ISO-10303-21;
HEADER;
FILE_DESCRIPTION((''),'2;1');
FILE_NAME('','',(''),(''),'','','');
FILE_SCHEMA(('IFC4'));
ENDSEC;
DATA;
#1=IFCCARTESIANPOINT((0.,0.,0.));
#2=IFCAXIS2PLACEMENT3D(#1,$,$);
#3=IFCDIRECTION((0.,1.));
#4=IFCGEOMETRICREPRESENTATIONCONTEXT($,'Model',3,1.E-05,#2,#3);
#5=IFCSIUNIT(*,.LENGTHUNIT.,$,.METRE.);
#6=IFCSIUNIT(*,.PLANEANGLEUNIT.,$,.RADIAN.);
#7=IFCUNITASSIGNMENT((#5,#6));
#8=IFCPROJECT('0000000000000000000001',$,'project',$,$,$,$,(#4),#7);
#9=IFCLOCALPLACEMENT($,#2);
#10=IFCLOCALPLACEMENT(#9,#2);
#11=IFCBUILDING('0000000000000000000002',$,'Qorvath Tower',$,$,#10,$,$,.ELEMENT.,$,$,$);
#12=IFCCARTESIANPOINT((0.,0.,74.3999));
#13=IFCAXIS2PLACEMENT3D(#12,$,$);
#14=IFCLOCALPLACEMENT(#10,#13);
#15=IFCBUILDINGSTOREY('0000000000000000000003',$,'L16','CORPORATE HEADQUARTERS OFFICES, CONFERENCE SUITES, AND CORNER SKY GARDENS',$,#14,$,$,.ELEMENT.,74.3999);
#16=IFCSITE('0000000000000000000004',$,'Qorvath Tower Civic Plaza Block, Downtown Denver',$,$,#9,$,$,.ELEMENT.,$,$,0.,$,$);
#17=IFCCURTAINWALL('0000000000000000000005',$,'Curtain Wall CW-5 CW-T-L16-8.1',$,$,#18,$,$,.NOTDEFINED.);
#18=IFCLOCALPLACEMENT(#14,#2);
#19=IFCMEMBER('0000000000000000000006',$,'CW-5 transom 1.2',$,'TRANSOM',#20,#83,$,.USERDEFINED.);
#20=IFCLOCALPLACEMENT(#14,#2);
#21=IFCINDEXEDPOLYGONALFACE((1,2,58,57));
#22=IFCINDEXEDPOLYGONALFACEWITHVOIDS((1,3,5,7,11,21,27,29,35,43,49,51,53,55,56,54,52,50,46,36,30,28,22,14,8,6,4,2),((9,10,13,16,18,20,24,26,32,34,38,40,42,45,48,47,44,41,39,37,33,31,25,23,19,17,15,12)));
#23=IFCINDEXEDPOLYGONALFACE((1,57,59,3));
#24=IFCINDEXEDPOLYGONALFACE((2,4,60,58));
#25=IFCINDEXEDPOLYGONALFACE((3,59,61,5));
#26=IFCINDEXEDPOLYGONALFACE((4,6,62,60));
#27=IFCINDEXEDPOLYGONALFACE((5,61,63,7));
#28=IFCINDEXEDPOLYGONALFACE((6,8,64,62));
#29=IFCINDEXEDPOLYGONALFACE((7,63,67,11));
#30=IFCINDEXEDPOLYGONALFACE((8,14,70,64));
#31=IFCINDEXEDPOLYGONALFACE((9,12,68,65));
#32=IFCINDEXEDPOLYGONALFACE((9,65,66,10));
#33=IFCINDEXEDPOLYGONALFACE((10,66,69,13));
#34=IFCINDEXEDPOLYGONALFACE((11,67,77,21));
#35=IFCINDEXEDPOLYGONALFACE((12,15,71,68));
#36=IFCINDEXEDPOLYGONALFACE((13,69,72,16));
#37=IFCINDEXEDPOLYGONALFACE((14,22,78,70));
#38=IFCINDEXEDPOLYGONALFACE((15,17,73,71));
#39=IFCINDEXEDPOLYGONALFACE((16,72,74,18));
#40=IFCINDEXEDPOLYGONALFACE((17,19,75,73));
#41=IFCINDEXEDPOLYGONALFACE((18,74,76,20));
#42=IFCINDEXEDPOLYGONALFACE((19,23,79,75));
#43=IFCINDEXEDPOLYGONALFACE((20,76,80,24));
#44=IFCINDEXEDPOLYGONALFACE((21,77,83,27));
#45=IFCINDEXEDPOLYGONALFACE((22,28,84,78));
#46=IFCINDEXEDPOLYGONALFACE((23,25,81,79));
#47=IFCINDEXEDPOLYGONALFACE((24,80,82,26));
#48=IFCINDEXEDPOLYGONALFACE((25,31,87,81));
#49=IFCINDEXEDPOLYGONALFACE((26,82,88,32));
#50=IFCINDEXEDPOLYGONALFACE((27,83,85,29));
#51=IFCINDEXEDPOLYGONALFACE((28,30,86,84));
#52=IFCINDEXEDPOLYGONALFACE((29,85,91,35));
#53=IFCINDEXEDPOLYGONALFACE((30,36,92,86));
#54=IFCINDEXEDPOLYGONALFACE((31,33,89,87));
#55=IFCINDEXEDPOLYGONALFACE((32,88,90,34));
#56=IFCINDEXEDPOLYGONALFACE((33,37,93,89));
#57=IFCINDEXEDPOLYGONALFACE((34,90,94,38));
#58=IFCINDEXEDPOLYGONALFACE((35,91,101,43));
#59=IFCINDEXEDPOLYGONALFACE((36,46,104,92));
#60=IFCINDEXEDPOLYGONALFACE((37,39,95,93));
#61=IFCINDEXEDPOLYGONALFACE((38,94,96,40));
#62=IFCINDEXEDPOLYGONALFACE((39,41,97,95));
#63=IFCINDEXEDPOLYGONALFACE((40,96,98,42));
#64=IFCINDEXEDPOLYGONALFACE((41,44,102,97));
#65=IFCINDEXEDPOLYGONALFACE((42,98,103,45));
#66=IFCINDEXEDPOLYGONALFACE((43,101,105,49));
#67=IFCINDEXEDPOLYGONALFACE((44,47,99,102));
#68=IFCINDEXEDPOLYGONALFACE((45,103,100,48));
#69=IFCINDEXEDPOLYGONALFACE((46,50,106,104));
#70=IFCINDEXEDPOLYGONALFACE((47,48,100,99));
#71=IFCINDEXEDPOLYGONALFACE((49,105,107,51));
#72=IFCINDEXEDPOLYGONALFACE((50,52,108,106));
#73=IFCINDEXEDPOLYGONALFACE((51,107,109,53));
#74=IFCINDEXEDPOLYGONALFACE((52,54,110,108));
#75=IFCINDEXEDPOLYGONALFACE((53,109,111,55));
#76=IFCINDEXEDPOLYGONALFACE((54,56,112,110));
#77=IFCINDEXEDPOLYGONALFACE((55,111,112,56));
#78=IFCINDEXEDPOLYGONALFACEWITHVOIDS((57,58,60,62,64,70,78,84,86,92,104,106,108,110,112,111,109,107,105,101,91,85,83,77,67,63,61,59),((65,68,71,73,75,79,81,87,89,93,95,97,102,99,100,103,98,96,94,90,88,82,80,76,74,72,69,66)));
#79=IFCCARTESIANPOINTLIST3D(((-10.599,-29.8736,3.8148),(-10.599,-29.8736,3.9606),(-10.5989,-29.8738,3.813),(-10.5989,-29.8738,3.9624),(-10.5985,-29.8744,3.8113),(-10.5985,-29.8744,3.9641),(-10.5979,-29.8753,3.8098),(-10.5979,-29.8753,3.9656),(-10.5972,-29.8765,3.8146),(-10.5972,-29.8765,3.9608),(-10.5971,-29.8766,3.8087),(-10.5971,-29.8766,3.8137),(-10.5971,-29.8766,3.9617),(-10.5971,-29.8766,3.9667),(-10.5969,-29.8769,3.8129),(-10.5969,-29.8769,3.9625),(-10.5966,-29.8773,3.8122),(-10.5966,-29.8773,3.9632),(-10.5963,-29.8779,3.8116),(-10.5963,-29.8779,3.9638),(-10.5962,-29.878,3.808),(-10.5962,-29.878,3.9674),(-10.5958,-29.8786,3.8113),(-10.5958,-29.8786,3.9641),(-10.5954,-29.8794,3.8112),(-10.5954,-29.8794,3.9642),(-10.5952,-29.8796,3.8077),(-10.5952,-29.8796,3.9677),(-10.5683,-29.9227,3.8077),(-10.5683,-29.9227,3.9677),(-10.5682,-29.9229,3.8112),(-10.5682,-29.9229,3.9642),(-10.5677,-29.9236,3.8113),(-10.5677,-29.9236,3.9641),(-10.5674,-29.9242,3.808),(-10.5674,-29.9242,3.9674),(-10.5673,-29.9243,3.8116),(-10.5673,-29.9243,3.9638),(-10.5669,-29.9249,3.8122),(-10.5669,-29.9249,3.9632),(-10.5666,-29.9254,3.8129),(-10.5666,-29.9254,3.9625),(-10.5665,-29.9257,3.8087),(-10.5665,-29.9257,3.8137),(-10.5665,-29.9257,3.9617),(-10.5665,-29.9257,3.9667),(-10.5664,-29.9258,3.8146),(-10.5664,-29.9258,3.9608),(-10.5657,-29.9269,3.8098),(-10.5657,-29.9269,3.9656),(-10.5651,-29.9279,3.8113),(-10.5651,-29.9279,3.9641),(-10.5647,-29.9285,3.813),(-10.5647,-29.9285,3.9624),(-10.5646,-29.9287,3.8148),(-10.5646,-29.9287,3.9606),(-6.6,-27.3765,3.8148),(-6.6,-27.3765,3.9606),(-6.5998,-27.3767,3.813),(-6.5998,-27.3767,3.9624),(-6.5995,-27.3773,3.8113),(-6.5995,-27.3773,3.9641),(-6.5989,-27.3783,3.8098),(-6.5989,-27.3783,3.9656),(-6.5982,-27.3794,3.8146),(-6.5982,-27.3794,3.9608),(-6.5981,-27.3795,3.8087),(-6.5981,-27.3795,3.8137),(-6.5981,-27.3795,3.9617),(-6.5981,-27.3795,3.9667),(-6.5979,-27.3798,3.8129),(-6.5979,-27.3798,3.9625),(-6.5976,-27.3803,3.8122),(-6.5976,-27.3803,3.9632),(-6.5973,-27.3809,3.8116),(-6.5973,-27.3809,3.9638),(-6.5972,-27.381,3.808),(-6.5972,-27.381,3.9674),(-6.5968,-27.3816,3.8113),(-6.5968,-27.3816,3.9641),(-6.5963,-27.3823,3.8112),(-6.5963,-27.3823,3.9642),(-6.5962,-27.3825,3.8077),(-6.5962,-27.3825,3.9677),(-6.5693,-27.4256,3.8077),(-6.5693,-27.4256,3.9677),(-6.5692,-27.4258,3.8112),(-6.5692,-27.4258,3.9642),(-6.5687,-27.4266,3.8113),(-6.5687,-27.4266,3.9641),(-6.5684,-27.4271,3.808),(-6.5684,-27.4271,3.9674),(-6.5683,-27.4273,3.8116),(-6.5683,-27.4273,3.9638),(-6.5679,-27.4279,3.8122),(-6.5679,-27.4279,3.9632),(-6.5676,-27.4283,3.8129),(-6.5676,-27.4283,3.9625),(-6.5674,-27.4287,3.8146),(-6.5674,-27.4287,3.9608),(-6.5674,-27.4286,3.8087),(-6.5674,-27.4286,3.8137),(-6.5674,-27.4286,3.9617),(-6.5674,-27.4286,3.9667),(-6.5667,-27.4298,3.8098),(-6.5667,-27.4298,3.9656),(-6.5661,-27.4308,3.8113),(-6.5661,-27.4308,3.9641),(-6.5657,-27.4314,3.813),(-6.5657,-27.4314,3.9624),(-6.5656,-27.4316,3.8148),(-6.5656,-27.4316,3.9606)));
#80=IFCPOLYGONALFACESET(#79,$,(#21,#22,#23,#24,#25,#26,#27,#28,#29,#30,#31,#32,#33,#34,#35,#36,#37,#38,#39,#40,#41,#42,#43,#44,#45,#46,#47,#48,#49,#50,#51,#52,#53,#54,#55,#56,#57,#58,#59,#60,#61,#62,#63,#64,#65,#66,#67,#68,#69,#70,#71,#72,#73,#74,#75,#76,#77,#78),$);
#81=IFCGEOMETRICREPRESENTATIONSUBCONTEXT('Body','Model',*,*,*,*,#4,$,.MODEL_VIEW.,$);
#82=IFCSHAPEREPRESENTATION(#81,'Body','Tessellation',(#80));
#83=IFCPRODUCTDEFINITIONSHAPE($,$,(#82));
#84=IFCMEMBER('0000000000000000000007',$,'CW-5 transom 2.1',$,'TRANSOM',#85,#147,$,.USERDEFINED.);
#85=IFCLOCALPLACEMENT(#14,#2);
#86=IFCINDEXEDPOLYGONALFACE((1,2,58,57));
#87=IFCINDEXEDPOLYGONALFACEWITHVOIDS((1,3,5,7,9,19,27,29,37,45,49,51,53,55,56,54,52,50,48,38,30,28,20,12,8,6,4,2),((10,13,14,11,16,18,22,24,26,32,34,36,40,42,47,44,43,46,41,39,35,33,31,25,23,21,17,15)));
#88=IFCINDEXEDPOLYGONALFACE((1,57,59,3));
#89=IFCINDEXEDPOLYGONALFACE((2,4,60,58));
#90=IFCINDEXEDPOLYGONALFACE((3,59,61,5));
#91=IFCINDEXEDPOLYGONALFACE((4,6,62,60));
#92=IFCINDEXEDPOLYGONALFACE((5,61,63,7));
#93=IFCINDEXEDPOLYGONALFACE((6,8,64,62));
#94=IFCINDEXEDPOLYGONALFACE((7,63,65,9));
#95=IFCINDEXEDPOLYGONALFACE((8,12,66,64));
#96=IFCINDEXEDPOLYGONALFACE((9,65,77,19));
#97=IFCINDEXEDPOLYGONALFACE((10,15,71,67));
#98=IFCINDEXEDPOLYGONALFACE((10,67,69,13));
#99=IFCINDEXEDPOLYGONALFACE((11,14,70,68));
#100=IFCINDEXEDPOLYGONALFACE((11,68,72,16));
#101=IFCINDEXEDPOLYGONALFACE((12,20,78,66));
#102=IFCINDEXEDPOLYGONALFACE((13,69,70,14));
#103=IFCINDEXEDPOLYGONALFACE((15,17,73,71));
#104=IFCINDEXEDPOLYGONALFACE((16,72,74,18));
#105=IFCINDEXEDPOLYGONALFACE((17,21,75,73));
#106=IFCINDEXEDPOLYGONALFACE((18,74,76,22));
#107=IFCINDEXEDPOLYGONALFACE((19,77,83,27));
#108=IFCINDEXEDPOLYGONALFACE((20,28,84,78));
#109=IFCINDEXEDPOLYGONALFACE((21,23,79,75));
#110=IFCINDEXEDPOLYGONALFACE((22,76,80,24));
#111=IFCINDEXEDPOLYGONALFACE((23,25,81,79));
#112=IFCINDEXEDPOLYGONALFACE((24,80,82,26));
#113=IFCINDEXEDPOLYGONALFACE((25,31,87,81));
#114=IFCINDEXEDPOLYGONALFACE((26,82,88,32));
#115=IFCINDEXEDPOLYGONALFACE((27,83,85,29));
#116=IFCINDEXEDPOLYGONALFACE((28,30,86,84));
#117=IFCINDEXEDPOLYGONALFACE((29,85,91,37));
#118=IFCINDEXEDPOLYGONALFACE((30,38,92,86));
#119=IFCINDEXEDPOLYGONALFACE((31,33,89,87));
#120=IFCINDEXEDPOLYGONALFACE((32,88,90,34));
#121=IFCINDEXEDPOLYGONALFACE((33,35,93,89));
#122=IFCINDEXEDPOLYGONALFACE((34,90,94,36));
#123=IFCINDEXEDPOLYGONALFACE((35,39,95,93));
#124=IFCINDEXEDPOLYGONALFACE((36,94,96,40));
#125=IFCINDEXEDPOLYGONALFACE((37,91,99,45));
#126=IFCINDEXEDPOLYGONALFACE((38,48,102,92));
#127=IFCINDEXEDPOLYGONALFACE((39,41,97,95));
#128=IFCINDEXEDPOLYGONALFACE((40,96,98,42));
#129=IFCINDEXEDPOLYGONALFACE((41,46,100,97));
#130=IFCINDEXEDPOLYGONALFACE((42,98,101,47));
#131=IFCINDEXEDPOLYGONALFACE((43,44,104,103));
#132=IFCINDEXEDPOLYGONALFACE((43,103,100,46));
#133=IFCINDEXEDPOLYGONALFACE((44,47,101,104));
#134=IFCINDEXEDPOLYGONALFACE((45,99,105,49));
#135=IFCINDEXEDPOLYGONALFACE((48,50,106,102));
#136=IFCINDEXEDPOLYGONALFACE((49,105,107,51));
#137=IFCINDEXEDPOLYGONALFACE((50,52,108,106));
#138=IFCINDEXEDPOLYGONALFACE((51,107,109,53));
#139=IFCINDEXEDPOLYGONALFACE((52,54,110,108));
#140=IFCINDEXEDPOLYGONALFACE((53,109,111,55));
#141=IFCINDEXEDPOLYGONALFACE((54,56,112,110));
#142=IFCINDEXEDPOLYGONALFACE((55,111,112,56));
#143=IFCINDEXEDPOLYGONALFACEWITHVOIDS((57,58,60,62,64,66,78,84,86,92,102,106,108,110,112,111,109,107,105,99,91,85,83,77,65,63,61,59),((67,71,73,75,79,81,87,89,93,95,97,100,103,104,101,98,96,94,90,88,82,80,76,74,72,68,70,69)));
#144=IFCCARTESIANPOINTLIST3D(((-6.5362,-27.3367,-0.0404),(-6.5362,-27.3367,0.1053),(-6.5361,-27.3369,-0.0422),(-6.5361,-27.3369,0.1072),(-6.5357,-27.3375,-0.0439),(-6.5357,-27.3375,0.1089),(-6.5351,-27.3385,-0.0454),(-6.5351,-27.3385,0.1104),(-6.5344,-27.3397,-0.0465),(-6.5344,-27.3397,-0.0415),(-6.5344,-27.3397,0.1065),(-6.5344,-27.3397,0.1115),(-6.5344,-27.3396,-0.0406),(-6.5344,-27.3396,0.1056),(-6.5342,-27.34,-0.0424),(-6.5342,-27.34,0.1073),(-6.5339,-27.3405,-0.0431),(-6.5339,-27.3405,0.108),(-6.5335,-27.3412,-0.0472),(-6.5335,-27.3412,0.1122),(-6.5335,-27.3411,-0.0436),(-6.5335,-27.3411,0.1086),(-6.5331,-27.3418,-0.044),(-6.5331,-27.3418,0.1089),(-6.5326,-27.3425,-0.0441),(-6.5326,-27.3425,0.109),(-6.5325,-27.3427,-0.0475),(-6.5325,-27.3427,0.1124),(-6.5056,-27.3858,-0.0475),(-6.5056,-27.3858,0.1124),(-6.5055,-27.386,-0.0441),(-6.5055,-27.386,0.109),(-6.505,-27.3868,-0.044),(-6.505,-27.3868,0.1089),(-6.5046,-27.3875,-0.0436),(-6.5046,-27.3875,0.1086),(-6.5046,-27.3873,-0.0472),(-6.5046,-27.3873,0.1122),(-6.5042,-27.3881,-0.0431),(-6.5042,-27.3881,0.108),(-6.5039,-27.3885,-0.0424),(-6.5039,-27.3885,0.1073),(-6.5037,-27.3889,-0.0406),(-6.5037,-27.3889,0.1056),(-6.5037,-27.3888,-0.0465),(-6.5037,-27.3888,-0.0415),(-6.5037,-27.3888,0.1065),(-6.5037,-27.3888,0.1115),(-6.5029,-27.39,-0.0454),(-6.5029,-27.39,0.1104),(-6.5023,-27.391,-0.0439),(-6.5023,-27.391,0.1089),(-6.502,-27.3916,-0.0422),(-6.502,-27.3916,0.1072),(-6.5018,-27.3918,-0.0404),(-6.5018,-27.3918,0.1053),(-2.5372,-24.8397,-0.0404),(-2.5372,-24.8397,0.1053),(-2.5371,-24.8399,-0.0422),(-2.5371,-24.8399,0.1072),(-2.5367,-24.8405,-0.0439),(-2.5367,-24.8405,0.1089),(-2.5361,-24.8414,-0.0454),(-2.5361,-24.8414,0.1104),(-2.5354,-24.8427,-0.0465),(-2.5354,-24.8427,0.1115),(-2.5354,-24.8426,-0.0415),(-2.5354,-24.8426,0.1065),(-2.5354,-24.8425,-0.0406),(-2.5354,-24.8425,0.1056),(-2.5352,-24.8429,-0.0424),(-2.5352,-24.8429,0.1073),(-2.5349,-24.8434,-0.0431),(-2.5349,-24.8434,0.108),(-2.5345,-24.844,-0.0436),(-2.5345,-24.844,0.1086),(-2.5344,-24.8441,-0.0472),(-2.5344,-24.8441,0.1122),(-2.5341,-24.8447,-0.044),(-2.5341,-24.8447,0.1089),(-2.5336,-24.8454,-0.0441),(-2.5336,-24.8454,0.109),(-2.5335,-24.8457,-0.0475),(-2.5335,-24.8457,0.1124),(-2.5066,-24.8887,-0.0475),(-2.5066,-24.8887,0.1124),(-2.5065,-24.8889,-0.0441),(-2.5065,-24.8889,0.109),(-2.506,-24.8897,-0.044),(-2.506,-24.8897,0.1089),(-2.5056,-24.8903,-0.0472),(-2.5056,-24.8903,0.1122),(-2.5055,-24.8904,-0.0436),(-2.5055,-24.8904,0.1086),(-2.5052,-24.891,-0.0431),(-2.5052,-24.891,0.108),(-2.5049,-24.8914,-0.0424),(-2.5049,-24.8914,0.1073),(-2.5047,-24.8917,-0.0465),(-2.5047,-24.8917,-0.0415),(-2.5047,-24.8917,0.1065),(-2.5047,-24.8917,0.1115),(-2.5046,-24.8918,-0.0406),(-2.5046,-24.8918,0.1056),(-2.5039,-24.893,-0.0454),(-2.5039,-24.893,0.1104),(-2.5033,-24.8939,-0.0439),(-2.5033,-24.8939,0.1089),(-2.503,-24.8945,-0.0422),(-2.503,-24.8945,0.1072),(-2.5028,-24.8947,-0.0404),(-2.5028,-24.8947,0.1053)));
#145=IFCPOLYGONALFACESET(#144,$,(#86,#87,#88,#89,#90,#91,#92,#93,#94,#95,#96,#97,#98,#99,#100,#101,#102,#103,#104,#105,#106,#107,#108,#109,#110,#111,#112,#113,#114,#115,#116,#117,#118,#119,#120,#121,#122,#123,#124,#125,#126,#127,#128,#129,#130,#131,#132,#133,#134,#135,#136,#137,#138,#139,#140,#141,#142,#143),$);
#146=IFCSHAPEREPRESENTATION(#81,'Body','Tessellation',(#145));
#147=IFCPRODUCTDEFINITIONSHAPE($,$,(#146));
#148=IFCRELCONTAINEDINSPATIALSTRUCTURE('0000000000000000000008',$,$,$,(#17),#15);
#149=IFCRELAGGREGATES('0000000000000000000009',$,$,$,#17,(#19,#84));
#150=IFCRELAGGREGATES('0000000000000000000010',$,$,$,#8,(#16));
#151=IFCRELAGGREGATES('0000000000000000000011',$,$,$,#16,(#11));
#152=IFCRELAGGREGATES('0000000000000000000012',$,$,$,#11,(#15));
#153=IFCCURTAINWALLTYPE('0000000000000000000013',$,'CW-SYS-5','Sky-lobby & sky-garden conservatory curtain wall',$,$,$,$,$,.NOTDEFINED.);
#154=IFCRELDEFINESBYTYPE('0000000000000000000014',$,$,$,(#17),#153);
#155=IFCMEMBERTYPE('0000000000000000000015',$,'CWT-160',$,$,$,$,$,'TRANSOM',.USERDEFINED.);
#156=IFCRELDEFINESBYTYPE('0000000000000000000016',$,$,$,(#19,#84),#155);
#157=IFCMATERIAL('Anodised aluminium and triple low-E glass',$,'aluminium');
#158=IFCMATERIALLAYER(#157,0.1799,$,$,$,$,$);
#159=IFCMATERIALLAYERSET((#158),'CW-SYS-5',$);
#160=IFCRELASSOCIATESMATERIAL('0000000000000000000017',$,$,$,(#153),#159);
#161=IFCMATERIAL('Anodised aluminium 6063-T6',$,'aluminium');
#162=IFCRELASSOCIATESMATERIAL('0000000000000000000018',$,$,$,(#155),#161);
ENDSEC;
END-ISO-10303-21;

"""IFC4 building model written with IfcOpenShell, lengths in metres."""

from ifc_helpers import new_model, si_unit, direction, frame, origin, origin_2d, place, context, subcontext, project, spatial, hollow_rectangle, extrude, material, layer, layer_set, material_profile, profile_set, type_object, element, aggregate, save


model = new_model("IFC4")

# Units and contexts
model_context = context("Model", 3, precision=1e-05, world=origin(), true_north=direction((0.0, 1.0)))
body_context = subcontext(model_context, "Body", "Model", "MODEL_VIEW")
ifc_project = project(units=[si_unit("LENGTHUNIT", "METRE"), si_unit("PLANEANGLEUNIT", "RADIAN")], contexts=[model_context])

# Site, building, storey
site_placement = place(None, origin())
site = spatial("IfcSite", under=ifc_project, at=site_placement, Name="Qorvath Tower Civic Plaza Block, Downtown Denver", CompositionType="ELEMENT", RefElevation=0.0)
building_placement = place(site_placement, origin())
building = spatial("IfcBuilding", under=site, at=building_placement, Name="Qorvath Tower", CompositionType="ELEMENT")
storey_placement = place(building_placement, frame((0.0, 0.0, 74.3999)))
storey = spatial("IfcBuildingStorey", under=building, at=storey_placement, Name="L16", Description="CORPORATE HEADQUARTERS OFFICES, CONFERENCE SUITES, AND CORNER SKY GARDENS", CompositionType="ELEMENT", Elevation=74.3999)

# Shared definitions
ifc_material_1 = material(Name="Anodised aluminium and triple low-E glass", Category="aluminium")
ifc_layer_1 = layer(ifc_material_1, 0.1799)
ifc_layer_set_1 = layer_set([ifc_layer_1], Name="CW-SYS-5")
curtain_wall_type = type_object("IfcCurtainWallType", Name="CW-SYS-5", Description="Sky-lobby & sky-garden conservatory curtain wall", PredefinedType="NOTDEFINED", material=ifc_layer_set_1)

# Curtain wall
curtain_wall_1_placement = place(storey_placement, origin())
curtain_wall_1 = element("IfcCurtainWall", 1, at=curtain_wall_1_placement, inside=storey, type_object=curtain_wall_type, Name="Curtain Wall CW-5 CW-T-L16-8.1", PredefinedType="NOTDEFINED")

# Members
ifc_material_2 = material(Name="Anodised aluminium 6063-T6", Category="aluminium")
ifc_material_profile_1 = material_profile(ifc_material_2, hollow_rectangle(XDim=0.0649, YDim=0.1599, WallThickness=0.0034, InnerFilletRadius=0.0034, OuterFilletRadius=0.0071, at=origin_2d()), Name="CWT 160x65")
ifc_profile_set_1 = profile_set([ifc_material_profile_1], Name="Anodised aluminium 6063-T6")
member_type_1 = type_object("IfcMemberType", Name="CWT-160", ElementType="TRANSOM", PredefinedType="USERDEFINED", material=ifc_profile_set_1)
member_1_placement = place(storey_placement, frame((-10.5818, -29.9011, 3.8877), z_axis=(0.848219, 0.529645, 0.0), x_axis=(-0.529645, 0.848219, 0.0)))
member_1 = element("IfcMember", 2, at=member_1_placement, type_object=member_type_1, Name="CW-5 transom 1.2", ObjectType="TRANSOM", PredefinedType="USERDEFINED", context=body_context, shape_type="SweptSolid", body=[
    extrude(hollow_rectangle(XDim=0.0649, YDim=0.1599, WallThickness=0.0034, InnerFilletRadius=0.0034, OuterFilletRadius=0.0071, at=origin_2d()), origin(), (0.0, 0.0, 1.0), 4.7146),
])
member_2_placement = place(storey_placement, frame((-6.519, -27.3643, 0.0325), z_axis=(0.848219, 0.529645, 0.0), x_axis=(-0.529645, 0.848219, 0.0)))
member_2 = element("IfcMember", 3, at=member_2_placement, type_object=member_type_1, Name="CW-5 transom 2.1", ObjectType="TRANSOM", PredefinedType="USERDEFINED", context=body_context, shape_type="SweptSolid", body=[
    extrude(hollow_rectangle(XDim=0.0649, YDim=0.1599, WallThickness=0.0034, InnerFilletRadius=0.0034, OuterFilletRadius=0.0071, at=origin_2d()), origin(), (0.0, 0.0, 1.0), 4.7146),
])

aggregate(curtain_wall_1, [member_1, member_2])

save(model, "model.ifc")
